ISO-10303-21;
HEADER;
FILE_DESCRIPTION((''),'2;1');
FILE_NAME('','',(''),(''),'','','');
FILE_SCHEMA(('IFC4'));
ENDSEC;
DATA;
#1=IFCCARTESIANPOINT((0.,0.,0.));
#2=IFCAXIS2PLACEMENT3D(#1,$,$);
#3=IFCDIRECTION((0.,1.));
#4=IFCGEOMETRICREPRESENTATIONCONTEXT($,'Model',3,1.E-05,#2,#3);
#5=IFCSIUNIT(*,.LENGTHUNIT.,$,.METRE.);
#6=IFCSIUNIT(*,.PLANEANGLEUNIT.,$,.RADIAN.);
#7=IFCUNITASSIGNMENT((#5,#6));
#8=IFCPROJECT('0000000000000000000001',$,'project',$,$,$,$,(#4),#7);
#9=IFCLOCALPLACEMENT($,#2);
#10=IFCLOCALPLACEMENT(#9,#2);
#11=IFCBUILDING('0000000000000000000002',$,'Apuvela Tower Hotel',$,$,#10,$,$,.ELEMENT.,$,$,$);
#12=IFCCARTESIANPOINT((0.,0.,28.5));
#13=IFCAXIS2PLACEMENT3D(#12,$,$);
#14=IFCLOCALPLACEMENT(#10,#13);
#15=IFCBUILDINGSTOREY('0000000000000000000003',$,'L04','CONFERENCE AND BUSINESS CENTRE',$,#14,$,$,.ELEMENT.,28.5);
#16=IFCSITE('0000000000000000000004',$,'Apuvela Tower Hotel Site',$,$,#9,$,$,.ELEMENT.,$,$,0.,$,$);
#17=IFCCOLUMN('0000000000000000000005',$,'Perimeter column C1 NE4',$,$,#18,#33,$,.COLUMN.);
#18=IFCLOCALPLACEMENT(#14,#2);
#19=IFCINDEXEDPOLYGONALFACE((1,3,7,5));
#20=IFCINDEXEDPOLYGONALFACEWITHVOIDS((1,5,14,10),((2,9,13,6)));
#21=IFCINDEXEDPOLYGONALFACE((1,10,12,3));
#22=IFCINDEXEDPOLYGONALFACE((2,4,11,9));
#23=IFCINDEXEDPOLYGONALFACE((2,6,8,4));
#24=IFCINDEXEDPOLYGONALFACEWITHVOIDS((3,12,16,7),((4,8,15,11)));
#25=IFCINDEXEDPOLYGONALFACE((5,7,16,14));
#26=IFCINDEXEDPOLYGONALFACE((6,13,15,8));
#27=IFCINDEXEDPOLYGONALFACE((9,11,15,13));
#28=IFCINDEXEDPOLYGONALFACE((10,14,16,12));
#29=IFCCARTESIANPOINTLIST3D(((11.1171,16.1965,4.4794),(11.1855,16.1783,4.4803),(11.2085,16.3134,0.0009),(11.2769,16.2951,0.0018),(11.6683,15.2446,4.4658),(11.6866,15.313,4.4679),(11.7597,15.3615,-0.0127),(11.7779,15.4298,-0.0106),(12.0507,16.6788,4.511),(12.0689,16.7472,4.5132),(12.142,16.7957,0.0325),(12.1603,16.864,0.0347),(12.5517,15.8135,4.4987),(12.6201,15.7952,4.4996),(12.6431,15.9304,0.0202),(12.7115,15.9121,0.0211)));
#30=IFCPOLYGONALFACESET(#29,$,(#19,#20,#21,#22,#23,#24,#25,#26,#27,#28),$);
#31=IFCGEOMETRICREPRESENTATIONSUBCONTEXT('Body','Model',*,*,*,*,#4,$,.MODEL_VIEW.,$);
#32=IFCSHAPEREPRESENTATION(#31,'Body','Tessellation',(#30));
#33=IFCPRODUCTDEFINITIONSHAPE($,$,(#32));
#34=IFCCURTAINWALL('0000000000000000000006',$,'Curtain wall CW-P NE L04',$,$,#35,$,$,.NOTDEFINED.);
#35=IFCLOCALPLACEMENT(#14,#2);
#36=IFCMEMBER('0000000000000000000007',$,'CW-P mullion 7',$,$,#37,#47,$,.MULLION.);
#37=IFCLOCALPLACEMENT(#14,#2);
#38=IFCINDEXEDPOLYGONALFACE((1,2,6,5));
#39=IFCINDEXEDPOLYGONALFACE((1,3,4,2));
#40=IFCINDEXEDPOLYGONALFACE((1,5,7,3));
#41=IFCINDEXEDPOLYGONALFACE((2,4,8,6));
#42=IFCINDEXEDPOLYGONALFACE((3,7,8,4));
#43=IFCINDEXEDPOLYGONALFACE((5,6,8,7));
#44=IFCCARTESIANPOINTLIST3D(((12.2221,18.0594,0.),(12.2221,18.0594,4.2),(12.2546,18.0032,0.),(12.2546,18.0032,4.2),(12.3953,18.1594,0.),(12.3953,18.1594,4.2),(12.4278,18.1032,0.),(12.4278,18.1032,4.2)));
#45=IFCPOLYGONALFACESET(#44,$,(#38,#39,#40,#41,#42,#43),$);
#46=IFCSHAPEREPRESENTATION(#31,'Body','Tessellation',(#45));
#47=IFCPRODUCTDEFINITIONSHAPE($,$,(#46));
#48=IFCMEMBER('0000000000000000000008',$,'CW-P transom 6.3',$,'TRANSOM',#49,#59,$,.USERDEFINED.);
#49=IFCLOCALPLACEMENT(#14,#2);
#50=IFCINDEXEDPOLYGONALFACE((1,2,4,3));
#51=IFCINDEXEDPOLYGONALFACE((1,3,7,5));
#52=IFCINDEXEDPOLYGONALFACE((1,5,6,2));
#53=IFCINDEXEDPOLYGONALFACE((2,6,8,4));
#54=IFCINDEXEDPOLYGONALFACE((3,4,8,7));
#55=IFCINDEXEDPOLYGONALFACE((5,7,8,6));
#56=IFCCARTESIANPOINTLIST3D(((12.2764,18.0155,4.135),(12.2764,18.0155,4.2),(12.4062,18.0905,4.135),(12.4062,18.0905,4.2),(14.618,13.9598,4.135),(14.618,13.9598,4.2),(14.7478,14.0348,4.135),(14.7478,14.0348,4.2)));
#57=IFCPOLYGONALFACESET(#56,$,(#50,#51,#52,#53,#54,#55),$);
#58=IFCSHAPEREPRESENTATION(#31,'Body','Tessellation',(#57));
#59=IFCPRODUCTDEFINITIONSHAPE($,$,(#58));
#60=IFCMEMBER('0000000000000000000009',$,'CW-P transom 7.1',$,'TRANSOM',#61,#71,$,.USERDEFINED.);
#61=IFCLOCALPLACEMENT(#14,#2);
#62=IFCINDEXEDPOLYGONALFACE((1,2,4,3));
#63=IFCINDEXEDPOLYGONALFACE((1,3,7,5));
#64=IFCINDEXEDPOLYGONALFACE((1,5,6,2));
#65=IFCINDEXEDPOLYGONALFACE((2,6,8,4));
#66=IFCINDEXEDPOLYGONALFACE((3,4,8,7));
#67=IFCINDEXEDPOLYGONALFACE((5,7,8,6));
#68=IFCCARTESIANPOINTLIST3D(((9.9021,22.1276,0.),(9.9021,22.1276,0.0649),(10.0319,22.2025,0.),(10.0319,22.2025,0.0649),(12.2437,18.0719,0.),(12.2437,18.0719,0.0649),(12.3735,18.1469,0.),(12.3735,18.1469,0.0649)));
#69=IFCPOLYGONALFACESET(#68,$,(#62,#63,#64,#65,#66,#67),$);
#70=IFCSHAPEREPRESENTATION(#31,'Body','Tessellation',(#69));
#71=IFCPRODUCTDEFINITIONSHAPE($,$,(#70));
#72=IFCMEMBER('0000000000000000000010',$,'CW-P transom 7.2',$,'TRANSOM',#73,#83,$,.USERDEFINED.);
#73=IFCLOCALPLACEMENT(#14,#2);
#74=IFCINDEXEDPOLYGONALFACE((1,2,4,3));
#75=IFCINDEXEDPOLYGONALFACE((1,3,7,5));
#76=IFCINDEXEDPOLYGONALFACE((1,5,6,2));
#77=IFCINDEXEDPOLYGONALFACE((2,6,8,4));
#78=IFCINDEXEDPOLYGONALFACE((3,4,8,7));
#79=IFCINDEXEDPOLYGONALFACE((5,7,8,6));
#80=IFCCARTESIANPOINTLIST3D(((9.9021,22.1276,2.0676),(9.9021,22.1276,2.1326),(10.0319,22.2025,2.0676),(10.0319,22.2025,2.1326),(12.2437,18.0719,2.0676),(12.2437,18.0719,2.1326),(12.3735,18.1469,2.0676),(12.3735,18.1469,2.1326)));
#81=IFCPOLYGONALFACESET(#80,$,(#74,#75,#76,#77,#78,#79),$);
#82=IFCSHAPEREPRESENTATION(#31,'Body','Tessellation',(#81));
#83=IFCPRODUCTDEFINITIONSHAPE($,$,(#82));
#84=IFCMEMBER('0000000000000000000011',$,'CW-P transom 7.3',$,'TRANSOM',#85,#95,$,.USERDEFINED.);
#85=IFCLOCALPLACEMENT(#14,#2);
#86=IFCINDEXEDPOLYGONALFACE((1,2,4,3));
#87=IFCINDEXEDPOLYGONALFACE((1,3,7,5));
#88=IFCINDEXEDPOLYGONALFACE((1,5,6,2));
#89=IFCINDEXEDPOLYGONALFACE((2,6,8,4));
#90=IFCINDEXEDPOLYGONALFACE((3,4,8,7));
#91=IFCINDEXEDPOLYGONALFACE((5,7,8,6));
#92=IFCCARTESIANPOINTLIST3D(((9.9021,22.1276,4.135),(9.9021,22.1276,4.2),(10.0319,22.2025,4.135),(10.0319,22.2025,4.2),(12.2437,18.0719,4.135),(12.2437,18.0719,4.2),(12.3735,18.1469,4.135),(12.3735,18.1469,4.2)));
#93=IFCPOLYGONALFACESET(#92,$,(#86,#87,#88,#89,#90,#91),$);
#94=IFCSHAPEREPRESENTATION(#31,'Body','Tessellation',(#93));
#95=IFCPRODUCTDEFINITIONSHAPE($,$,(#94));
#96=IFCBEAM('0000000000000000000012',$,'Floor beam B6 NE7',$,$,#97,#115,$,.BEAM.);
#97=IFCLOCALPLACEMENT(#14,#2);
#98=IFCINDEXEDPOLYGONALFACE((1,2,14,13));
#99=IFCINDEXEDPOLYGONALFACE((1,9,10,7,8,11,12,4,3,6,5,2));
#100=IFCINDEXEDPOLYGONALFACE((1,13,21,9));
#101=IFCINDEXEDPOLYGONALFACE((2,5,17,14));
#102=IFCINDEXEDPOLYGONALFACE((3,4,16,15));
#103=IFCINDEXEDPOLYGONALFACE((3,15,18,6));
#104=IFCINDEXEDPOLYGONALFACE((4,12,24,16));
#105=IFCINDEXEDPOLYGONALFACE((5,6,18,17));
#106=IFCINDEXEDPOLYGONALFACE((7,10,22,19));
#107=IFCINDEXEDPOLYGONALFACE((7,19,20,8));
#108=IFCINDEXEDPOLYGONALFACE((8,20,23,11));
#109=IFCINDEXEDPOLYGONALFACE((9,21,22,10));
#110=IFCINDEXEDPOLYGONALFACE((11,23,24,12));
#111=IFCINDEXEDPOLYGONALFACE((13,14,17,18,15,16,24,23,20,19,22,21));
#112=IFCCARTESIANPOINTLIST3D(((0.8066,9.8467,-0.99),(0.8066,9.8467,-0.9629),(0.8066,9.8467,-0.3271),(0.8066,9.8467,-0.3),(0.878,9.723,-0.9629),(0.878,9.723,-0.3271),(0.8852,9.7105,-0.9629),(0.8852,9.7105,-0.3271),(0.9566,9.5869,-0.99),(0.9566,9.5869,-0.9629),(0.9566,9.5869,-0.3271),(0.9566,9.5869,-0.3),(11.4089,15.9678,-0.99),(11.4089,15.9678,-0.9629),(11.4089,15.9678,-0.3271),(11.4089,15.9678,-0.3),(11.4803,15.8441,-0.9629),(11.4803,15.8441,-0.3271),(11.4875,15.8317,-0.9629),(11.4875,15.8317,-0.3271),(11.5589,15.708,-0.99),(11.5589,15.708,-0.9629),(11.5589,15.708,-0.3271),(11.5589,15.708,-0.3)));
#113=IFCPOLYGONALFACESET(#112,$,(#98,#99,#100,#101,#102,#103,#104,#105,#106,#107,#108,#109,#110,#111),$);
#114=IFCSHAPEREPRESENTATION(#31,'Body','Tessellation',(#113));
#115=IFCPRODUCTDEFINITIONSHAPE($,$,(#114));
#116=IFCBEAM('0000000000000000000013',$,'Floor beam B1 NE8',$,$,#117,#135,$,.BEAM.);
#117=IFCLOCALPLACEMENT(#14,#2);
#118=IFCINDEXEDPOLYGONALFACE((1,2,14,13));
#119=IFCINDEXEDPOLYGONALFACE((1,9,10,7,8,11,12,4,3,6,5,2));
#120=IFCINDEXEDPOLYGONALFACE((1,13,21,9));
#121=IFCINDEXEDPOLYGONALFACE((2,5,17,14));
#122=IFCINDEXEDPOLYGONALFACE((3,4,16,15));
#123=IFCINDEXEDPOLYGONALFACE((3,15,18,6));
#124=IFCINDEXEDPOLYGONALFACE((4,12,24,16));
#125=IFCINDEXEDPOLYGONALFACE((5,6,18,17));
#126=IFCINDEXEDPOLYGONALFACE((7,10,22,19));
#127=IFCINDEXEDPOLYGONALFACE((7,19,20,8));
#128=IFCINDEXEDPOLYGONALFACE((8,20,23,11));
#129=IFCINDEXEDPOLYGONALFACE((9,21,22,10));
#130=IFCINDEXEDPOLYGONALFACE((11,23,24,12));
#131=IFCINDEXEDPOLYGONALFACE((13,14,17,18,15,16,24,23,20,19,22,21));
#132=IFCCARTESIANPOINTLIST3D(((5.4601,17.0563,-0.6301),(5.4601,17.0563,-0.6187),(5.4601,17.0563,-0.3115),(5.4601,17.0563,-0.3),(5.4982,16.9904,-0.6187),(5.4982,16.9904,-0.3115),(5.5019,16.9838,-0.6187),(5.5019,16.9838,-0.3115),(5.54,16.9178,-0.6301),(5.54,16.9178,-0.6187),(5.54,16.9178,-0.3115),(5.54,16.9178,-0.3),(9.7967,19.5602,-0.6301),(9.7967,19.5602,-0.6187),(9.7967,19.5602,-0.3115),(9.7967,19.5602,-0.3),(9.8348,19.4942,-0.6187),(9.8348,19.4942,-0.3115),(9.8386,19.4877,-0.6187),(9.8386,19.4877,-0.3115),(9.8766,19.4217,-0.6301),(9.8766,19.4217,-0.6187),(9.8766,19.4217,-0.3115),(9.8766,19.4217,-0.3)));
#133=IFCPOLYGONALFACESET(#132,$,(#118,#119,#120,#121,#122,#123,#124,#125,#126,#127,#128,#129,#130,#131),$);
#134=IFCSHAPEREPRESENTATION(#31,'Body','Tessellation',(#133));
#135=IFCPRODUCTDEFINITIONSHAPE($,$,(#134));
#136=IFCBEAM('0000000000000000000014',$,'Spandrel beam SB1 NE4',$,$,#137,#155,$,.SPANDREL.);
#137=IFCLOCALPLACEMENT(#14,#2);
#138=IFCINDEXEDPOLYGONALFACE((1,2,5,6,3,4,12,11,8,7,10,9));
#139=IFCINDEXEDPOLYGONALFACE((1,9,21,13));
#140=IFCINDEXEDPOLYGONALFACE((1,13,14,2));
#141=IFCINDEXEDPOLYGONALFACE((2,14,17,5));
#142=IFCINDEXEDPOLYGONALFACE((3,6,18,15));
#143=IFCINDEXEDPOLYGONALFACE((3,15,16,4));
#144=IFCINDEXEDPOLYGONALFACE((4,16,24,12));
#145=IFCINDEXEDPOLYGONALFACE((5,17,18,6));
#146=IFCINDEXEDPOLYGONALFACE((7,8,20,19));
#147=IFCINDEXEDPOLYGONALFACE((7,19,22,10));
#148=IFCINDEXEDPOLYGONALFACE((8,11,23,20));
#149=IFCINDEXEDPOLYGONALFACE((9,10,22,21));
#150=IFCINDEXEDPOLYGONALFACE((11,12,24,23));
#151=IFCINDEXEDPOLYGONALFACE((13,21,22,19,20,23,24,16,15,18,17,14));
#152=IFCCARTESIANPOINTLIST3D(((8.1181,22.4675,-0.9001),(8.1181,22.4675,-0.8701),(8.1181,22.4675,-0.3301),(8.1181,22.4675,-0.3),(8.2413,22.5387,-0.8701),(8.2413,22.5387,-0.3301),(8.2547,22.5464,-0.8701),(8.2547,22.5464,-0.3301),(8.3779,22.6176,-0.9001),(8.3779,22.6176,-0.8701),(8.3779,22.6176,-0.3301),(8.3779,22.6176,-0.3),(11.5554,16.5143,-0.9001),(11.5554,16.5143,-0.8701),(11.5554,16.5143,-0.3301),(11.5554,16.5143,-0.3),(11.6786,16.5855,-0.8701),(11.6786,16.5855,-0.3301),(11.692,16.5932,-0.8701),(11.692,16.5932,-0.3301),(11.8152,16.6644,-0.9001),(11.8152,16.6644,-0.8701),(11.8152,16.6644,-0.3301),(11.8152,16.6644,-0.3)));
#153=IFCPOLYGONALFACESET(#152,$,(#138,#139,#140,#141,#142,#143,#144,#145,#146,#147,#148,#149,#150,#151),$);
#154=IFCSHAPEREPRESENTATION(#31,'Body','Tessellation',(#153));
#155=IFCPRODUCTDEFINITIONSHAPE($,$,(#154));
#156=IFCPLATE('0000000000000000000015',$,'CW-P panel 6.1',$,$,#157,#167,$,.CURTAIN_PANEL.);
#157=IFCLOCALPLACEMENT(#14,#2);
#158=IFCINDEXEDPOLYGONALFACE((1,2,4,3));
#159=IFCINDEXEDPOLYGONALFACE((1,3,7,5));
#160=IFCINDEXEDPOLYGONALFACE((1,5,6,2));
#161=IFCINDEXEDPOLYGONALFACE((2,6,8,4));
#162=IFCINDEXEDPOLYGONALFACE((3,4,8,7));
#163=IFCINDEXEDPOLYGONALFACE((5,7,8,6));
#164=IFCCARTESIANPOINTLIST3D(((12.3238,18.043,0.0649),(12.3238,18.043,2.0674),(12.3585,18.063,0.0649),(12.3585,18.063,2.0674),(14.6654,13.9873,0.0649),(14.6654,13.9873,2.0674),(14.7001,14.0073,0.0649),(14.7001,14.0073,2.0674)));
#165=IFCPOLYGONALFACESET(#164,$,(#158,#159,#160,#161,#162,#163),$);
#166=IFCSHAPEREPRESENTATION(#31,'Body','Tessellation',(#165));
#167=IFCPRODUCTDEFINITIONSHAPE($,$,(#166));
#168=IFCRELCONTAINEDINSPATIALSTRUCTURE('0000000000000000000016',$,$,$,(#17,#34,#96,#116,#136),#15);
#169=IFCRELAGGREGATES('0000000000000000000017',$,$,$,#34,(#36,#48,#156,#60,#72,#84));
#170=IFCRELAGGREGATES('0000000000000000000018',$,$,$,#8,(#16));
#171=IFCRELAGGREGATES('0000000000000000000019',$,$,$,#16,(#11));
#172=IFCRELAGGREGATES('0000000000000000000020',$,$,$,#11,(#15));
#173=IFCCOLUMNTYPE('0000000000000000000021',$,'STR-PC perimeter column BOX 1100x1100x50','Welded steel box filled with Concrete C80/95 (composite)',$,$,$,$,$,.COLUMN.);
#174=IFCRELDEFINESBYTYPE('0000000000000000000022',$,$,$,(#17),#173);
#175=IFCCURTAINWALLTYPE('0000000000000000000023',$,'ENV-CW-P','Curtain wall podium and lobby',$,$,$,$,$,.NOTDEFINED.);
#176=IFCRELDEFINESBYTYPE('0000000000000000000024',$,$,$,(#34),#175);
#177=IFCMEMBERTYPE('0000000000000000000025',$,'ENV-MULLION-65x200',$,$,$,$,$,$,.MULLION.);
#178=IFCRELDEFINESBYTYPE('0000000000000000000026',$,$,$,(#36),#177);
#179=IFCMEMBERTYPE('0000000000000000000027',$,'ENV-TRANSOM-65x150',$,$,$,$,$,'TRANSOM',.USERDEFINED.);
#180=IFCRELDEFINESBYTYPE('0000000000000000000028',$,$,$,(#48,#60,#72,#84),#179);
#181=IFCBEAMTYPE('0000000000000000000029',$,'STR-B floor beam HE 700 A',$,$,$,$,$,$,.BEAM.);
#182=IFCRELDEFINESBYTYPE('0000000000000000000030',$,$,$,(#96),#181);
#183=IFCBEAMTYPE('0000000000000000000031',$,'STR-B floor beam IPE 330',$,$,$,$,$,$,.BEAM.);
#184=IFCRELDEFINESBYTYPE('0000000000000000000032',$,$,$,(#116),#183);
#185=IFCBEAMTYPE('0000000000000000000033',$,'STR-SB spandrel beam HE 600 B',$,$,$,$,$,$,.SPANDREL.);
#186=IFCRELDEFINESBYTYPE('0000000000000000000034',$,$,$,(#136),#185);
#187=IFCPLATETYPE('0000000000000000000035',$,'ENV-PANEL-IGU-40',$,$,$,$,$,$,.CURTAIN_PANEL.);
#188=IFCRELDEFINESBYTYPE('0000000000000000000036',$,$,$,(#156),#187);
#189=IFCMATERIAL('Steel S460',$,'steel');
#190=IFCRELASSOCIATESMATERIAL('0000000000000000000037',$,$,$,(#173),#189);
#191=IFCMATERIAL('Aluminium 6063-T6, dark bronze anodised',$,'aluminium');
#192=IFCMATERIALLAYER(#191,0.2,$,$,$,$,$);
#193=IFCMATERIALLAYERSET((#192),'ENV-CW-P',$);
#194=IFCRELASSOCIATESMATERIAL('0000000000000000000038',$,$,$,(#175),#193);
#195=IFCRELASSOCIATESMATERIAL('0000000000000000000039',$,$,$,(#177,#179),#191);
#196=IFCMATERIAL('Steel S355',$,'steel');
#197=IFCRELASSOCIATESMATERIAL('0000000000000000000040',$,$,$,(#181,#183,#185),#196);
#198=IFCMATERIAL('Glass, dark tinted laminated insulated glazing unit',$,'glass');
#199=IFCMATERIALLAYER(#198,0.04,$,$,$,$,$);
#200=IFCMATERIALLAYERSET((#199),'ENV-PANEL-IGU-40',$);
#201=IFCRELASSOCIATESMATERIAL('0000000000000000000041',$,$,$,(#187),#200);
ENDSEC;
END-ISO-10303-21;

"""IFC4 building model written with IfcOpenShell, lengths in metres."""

from ifc_helpers import new_model, si_unit, direction, frame, origin, origin_2d, place, context, subcontext, project, spatial, rectangle, hollow_rectangle, i_section, extrude, boolean, halfspace, material, layer, layer_set, material_profile, profile_set, type_object, element, aggregate, save


model = new_model("IFC4")

# Units and contexts
model_context = context("Model", 3, precision=1e-05, world=origin(), true_north=direction((0.0, 1.0)))
body_context = subcontext(model_context, "Body", "Model", "MODEL_VIEW")
ifc_project = project(units=[si_unit("LENGTHUNIT", "METRE"), si_unit("PLANEANGLEUNIT", "RADIAN")], contexts=[model_context])

# Site, building, storey
site_placement = place(None, origin())
site = spatial("IfcSite", under=ifc_project, at=site_placement, Name="Apuvela Tower Hotel Site", CompositionType="ELEMENT", RefElevation=0.0)
building_placement = place(site_placement, origin())
building = spatial("IfcBuilding", under=site, at=building_placement, Name="Apuvela Tower Hotel", CompositionType="ELEMENT")
storey_placement = place(building_placement, frame((0.0, 0.0, 28.5)))
storey = spatial("IfcBuildingStorey", under=building, at=storey_placement, Name="L04", Description="CONFERENCE AND BUSINESS CENTRE", CompositionType="ELEMENT", Elevation=28.5)

# Column
ifc_material_1 = material(Name="Steel S460", Category="steel")
ifc_material_profile_1 = material_profile(ifc_material_1, hollow_rectangle(XDim=1.1001, YDim=1.1001, WallThickness=0.05, at=origin_2d()), Name="BOX 1100x1100x50")
ifc_material_2 = material(Name="Concrete C80/95", Category="concrete")
ifc_material_profile_2 = material_profile(ifc_material_2, rectangle(XDim=1.0, YDim=1.0, at=origin_2d()), Name="Concrete C80/95 infill")
ifc_profile_set_1 = profile_set([ifc_material_profile_1, ifc_material_profile_2], Name="Steel S460")
column_type = type_object("IfcColumnType", Name="STR-PC perimeter column BOX 1100x1100x50", Description="Welded steel box filled with Concrete C80/95 (composite)", PredefinedType="COLUMN", material=ifc_profile_set_1)
column_placement = place(storey_placement, frame((11.9602, 16.113, 0.0), z_axis=(-0.020388, -0.026082, 0.999452), x_axis=(-0.501064, 0.865322, 0.01236)))
element("IfcColumn", 1, at=column_placement, inside=storey, type_object=column_type, Name="Perimeter column C1 NE4", PredefinedType="COLUMN", context=body_context, shape_type="SweptSolid", body=[
    boolean("DIFFERENCE", boolean("DIFFERENCE", extrude(hollow_rectangle(XDim=1.1001, YDim=1.1001, WallThickness=0.05, at=origin_2d()), origin(), (0.0, 0.0, 1.0), 4.5024), halfspace(frame((0.0, 0.0, 0.011), z_axis=(0.0, 0.0, 1.0), x_axis=(1.0, 0.0, 0.0)), True)), halfspace(frame((0.0, 0.0, 4.4919), z_axis=(0.0, 0.0, 1.0), x_axis=(1.0, 0.0, 0.0)), False)),
])

# Curtain wall, members
ifc_material_3 = material(Name="Aluminium 6063-T6, dark bronze anodised", Category="aluminium")
ifc_layer_1 = layer(ifc_material_3, 0.2)
ifc_layer_set_1 = layer_set([ifc_layer_1], Name="ENV-CW-P")
curtain_wall_type = type_object("IfcCurtainWallType", Name="ENV-CW-P", Description="Curtain wall podium and lobby", PredefinedType="NOTDEFINED", material=ifc_layer_set_1)
curtain_wall_placement = place(storey_placement, origin())
curtain_wall = element("IfcCurtainWall", 2, at=curtain_wall_placement, inside=storey, type_object=curtain_wall_type, Name="Curtain wall CW-P NE L04", PredefinedType="NOTDEFINED")
ifc_material_profile_3 = material_profile(ifc_material_3, rectangle(XDim=0.2, YDim=0.0649, at=origin_2d()), Name="AL 65x200")
ifc_profile_set_2 = profile_set([ifc_material_profile_3], Name="Aluminium 6063-T6, dark bronze anodised")
member_type_1 = type_object("IfcMemberType", Name="ENV-MULLION-65x200", PredefinedType="MULLION", material=ifc_profile_set_2)
member_1_placement = place(storey_placement, frame((12.325, 18.0813, 0.0), z_axis=(0.0, 0.0, 1.0), x_axis=(-0.866024, -0.500002, 0.0)))
member_1 = element("IfcMember", 3, at=member_1_placement, type_object=member_type_1, Name="CW-P mullion 7", PredefinedType="MULLION", context=body_context, shape_type="SweptSolid", body=[
    extrude(rectangle(XDim=0.2, YDim=0.0649, at=origin_2d()), origin(), (0.0, 0.0, 1.0), 4.2),
])
ifc_material_profile_4 = material_profile(ifc_material_3, rectangle(XDim=0.1499, YDim=0.0649, at=origin_2d()), Name="AL 65x150 transom")
ifc_profile_set_3 = profile_set([ifc_material_profile_4], Name="Aluminium 6063-T6, dark bronze anodised")
member_type_2 = type_object("IfcMemberType", Name="ENV-TRANSOM-65x150", ElementType="TRANSOM", PredefinedType="USERDEFINED", material=ifc_profile_set_3)
member_2_placement = place(storey_placement, frame((14.6829, 13.9973, 4.1675), z_axis=(-0.500002, 0.866024, 0.0), x_axis=(-0.866024, -0.500002, 0.0)))
member_2 = element("IfcMember", 4, at=member_2_placement, type_object=member_type_2, Name="CW-P transom 6.3", ObjectType="TRANSOM", PredefinedType="USERDEFINED", context=body_context, shape_type="SweptSolid", body=[
    extrude(rectangle(XDim=0.1499, YDim=0.0649, at=origin_2d()), origin(), (0.0, 0.0, 1.0), 4.6831),
])
member_3_placement = place(storey_placement, frame((12.3086, 18.1094, 0.0325), z_axis=(-0.500002, 0.866024, 0.0), x_axis=(-0.866024, -0.500002, 0.0)))
member_3 = element("IfcMember", 5, at=member_3_placement, type_object=member_type_2, Name="CW-P transom 7.1", ObjectType="TRANSOM", PredefinedType="USERDEFINED", context=body_context, shape_type="SweptSolid", body=[
    extrude(rectangle(XDim=0.1499, YDim=0.0649, at=origin_2d()), origin(), (0.0, 0.0, 1.0), 4.6831),
])
member_4_placement = place(storey_placement, frame((12.3086, 18.1094, 2.1001), z_axis=(-0.500002, 0.866024, 0.0), x_axis=(-0.866024, -0.500002, 0.0)))
member_4 = element("IfcMember", 6, at=member_4_placement, type_object=member_type_2, Name="CW-P transom 7.2", ObjectType="TRANSOM", PredefinedType="USERDEFINED", context=body_context, shape_type="SweptSolid", body=[
    extrude(rectangle(XDim=0.1499, YDim=0.0649, at=origin_2d()), origin(), (0.0, 0.0, 1.0), 4.6831),
])
member_5_placement = place(storey_placement, frame((12.3086, 18.1094, 4.1675), z_axis=(-0.500002, 0.866024, 0.0), x_axis=(-0.866024, -0.500002, 0.0)))
member_5 = element("IfcMember", 7, at=member_5_placement, type_object=member_type_2, Name="CW-P transom 7.3", ObjectType="TRANSOM", PredefinedType="USERDEFINED", context=body_context, shape_type="SweptSolid", body=[
    extrude(rectangle(XDim=0.1499, YDim=0.0649, at=origin_2d()), origin(), (0.0, 0.0, 1.0), 4.6831),
])

# Beams
ifc_material_4 = material(Name="Steel S355", Category="steel")
ifc_material_profile_5 = material_profile(ifc_material_4, i_section(OverallWidth=0.3, OverallDepth=0.6899, WebThickness=0.0144, FlangeThickness=0.0271, at=origin_2d()), Name="HE 700 A")
ifc_profile_set_4 = profile_set([ifc_material_profile_5], Name="Steel S355")
beam_type_1 = type_object("IfcBeamType", Name="STR-B floor beam HE 700 A", PredefinedType="BEAM", material=ifc_profile_set_4)
beam_1_placement = place(storey_placement, frame((11.4839, 15.8379, -0.645), z_axis=(-0.86603, -0.499991, 0.0), x_axis=(0.499991, -0.86603, 0.0)))
element("IfcBeam", 8, at=beam_1_placement, inside=storey, type_object=beam_type_1, Name="Floor beam B6 NE7", PredefinedType="BEAM", context=body_context, shape_type="SweptSolid", body=[
    extrude(i_section(OverallWidth=0.3, OverallDepth=0.6899, WebThickness=0.0144, FlangeThickness=0.0271, at=origin_2d()), origin(), (0.0, 0.0, 1.0), 12.2424),
])
ifc_material_profile_6 = material_profile(ifc_material_4, i_section(OverallWidth=0.1599, OverallDepth=0.3301, WebThickness=0.0076, FlangeThickness=0.0115, at=origin_2d()), Name="IPE 330")
ifc_profile_set_5 = profile_set([ifc_material_profile_6], Name="Steel S355")
beam_type_2 = type_object("IfcBeamType", Name="STR-B floor beam IPE 330", PredefinedType="BEAM", material=ifc_profile_set_5)
beam_2_placement = place(storey_placement, frame((9.8367, 19.491, -0.4651), z_axis=(-0.866014, -0.500019, 0.0), x_axis=(0.500019, -0.866014, 0.0)))
element("IfcBeam", 9, at=beam_2_placement, inside=storey, type_object=beam_type_2, Name="Floor beam B1 NE8", PredefinedType="BEAM", context=body_context, shape_type="SweptSolid", body=[
    extrude(i_section(OverallWidth=0.1599, OverallDepth=0.3301, WebThickness=0.0076, FlangeThickness=0.0115, at=origin_2d()), origin(), (0.0, 0.0, 1.0), 5.0076),
])
ifc_material_profile_7 = material_profile(ifc_material_4, i_section(OverallWidth=0.3, OverallDepth=0.6001, WebThickness=0.0154, FlangeThickness=0.03, at=origin_2d()), Name="HE 600 B")
ifc_profile_set_6 = profile_set([ifc_material_profile_7], Name="Steel S355")
beam_type_3 = type_object("IfcBeamType", Name="STR-SB spandrel beam HE 600 B", PredefinedType="SPANDREL", material=ifc_profile_set_6)
beam_3_placement = place(storey_placement, frame((11.6853, 16.5894, -0.6001), z_axis=(-0.500024, 0.866012, 0.0), x_axis=(-0.866012, -0.500024, 0.0)))
element("IfcBeam", 10, at=beam_3_placement, inside=storey, type_object=beam_type_3, Name="Spandrel beam SB1 NE4", PredefinedType="SPANDREL", context=body_context, shape_type="SweptSolid", body=[
    extrude(i_section(OverallWidth=0.3, OverallDepth=0.6001, WebThickness=0.0154, FlangeThickness=0.03, at=origin_2d()), origin(), (0.0, 0.0, 1.0), 6.8743),
])

# Plate
ifc_material_5 = material(Name="Glass, dark tinted laminated insulated glazing unit", Category="glass")
ifc_layer_2 = layer(ifc_material_5, 0.04)
ifc_layer_set_2 = layer_set([ifc_layer_2], Name="ENV-PANEL-IGU-40")
plate_type = type_object("IfcPlateType", Name="ENV-PANEL-IGU-40", PredefinedType="CURTAIN_PANEL", material=ifc_layer_set_2)
plate_1_placement = place(storey_placement, frame((13.512, 16.0251, 0.0649), z_axis=(0.0, 0.0, 1.0), x_axis=(-0.500002, 0.866024, 0.0)))
plate_1 = element("IfcPlate", 11, at=plate_1_placement, type_object=plate_type, Name="CW-P panel 6.1", PredefinedType="CURTAIN_PANEL", context=body_context, shape_type="SweptSolid", body=[
    extrude(rectangle(XDim=4.6831, YDim=0.04, at=origin_2d()), origin(), (0.0, 0.0, 1.0), 2.0024),
])
aggregate(curtain_wall, [member_1, member_2, plate_1, member_3, member_4, member_5])

save(model, "model.ifc")
